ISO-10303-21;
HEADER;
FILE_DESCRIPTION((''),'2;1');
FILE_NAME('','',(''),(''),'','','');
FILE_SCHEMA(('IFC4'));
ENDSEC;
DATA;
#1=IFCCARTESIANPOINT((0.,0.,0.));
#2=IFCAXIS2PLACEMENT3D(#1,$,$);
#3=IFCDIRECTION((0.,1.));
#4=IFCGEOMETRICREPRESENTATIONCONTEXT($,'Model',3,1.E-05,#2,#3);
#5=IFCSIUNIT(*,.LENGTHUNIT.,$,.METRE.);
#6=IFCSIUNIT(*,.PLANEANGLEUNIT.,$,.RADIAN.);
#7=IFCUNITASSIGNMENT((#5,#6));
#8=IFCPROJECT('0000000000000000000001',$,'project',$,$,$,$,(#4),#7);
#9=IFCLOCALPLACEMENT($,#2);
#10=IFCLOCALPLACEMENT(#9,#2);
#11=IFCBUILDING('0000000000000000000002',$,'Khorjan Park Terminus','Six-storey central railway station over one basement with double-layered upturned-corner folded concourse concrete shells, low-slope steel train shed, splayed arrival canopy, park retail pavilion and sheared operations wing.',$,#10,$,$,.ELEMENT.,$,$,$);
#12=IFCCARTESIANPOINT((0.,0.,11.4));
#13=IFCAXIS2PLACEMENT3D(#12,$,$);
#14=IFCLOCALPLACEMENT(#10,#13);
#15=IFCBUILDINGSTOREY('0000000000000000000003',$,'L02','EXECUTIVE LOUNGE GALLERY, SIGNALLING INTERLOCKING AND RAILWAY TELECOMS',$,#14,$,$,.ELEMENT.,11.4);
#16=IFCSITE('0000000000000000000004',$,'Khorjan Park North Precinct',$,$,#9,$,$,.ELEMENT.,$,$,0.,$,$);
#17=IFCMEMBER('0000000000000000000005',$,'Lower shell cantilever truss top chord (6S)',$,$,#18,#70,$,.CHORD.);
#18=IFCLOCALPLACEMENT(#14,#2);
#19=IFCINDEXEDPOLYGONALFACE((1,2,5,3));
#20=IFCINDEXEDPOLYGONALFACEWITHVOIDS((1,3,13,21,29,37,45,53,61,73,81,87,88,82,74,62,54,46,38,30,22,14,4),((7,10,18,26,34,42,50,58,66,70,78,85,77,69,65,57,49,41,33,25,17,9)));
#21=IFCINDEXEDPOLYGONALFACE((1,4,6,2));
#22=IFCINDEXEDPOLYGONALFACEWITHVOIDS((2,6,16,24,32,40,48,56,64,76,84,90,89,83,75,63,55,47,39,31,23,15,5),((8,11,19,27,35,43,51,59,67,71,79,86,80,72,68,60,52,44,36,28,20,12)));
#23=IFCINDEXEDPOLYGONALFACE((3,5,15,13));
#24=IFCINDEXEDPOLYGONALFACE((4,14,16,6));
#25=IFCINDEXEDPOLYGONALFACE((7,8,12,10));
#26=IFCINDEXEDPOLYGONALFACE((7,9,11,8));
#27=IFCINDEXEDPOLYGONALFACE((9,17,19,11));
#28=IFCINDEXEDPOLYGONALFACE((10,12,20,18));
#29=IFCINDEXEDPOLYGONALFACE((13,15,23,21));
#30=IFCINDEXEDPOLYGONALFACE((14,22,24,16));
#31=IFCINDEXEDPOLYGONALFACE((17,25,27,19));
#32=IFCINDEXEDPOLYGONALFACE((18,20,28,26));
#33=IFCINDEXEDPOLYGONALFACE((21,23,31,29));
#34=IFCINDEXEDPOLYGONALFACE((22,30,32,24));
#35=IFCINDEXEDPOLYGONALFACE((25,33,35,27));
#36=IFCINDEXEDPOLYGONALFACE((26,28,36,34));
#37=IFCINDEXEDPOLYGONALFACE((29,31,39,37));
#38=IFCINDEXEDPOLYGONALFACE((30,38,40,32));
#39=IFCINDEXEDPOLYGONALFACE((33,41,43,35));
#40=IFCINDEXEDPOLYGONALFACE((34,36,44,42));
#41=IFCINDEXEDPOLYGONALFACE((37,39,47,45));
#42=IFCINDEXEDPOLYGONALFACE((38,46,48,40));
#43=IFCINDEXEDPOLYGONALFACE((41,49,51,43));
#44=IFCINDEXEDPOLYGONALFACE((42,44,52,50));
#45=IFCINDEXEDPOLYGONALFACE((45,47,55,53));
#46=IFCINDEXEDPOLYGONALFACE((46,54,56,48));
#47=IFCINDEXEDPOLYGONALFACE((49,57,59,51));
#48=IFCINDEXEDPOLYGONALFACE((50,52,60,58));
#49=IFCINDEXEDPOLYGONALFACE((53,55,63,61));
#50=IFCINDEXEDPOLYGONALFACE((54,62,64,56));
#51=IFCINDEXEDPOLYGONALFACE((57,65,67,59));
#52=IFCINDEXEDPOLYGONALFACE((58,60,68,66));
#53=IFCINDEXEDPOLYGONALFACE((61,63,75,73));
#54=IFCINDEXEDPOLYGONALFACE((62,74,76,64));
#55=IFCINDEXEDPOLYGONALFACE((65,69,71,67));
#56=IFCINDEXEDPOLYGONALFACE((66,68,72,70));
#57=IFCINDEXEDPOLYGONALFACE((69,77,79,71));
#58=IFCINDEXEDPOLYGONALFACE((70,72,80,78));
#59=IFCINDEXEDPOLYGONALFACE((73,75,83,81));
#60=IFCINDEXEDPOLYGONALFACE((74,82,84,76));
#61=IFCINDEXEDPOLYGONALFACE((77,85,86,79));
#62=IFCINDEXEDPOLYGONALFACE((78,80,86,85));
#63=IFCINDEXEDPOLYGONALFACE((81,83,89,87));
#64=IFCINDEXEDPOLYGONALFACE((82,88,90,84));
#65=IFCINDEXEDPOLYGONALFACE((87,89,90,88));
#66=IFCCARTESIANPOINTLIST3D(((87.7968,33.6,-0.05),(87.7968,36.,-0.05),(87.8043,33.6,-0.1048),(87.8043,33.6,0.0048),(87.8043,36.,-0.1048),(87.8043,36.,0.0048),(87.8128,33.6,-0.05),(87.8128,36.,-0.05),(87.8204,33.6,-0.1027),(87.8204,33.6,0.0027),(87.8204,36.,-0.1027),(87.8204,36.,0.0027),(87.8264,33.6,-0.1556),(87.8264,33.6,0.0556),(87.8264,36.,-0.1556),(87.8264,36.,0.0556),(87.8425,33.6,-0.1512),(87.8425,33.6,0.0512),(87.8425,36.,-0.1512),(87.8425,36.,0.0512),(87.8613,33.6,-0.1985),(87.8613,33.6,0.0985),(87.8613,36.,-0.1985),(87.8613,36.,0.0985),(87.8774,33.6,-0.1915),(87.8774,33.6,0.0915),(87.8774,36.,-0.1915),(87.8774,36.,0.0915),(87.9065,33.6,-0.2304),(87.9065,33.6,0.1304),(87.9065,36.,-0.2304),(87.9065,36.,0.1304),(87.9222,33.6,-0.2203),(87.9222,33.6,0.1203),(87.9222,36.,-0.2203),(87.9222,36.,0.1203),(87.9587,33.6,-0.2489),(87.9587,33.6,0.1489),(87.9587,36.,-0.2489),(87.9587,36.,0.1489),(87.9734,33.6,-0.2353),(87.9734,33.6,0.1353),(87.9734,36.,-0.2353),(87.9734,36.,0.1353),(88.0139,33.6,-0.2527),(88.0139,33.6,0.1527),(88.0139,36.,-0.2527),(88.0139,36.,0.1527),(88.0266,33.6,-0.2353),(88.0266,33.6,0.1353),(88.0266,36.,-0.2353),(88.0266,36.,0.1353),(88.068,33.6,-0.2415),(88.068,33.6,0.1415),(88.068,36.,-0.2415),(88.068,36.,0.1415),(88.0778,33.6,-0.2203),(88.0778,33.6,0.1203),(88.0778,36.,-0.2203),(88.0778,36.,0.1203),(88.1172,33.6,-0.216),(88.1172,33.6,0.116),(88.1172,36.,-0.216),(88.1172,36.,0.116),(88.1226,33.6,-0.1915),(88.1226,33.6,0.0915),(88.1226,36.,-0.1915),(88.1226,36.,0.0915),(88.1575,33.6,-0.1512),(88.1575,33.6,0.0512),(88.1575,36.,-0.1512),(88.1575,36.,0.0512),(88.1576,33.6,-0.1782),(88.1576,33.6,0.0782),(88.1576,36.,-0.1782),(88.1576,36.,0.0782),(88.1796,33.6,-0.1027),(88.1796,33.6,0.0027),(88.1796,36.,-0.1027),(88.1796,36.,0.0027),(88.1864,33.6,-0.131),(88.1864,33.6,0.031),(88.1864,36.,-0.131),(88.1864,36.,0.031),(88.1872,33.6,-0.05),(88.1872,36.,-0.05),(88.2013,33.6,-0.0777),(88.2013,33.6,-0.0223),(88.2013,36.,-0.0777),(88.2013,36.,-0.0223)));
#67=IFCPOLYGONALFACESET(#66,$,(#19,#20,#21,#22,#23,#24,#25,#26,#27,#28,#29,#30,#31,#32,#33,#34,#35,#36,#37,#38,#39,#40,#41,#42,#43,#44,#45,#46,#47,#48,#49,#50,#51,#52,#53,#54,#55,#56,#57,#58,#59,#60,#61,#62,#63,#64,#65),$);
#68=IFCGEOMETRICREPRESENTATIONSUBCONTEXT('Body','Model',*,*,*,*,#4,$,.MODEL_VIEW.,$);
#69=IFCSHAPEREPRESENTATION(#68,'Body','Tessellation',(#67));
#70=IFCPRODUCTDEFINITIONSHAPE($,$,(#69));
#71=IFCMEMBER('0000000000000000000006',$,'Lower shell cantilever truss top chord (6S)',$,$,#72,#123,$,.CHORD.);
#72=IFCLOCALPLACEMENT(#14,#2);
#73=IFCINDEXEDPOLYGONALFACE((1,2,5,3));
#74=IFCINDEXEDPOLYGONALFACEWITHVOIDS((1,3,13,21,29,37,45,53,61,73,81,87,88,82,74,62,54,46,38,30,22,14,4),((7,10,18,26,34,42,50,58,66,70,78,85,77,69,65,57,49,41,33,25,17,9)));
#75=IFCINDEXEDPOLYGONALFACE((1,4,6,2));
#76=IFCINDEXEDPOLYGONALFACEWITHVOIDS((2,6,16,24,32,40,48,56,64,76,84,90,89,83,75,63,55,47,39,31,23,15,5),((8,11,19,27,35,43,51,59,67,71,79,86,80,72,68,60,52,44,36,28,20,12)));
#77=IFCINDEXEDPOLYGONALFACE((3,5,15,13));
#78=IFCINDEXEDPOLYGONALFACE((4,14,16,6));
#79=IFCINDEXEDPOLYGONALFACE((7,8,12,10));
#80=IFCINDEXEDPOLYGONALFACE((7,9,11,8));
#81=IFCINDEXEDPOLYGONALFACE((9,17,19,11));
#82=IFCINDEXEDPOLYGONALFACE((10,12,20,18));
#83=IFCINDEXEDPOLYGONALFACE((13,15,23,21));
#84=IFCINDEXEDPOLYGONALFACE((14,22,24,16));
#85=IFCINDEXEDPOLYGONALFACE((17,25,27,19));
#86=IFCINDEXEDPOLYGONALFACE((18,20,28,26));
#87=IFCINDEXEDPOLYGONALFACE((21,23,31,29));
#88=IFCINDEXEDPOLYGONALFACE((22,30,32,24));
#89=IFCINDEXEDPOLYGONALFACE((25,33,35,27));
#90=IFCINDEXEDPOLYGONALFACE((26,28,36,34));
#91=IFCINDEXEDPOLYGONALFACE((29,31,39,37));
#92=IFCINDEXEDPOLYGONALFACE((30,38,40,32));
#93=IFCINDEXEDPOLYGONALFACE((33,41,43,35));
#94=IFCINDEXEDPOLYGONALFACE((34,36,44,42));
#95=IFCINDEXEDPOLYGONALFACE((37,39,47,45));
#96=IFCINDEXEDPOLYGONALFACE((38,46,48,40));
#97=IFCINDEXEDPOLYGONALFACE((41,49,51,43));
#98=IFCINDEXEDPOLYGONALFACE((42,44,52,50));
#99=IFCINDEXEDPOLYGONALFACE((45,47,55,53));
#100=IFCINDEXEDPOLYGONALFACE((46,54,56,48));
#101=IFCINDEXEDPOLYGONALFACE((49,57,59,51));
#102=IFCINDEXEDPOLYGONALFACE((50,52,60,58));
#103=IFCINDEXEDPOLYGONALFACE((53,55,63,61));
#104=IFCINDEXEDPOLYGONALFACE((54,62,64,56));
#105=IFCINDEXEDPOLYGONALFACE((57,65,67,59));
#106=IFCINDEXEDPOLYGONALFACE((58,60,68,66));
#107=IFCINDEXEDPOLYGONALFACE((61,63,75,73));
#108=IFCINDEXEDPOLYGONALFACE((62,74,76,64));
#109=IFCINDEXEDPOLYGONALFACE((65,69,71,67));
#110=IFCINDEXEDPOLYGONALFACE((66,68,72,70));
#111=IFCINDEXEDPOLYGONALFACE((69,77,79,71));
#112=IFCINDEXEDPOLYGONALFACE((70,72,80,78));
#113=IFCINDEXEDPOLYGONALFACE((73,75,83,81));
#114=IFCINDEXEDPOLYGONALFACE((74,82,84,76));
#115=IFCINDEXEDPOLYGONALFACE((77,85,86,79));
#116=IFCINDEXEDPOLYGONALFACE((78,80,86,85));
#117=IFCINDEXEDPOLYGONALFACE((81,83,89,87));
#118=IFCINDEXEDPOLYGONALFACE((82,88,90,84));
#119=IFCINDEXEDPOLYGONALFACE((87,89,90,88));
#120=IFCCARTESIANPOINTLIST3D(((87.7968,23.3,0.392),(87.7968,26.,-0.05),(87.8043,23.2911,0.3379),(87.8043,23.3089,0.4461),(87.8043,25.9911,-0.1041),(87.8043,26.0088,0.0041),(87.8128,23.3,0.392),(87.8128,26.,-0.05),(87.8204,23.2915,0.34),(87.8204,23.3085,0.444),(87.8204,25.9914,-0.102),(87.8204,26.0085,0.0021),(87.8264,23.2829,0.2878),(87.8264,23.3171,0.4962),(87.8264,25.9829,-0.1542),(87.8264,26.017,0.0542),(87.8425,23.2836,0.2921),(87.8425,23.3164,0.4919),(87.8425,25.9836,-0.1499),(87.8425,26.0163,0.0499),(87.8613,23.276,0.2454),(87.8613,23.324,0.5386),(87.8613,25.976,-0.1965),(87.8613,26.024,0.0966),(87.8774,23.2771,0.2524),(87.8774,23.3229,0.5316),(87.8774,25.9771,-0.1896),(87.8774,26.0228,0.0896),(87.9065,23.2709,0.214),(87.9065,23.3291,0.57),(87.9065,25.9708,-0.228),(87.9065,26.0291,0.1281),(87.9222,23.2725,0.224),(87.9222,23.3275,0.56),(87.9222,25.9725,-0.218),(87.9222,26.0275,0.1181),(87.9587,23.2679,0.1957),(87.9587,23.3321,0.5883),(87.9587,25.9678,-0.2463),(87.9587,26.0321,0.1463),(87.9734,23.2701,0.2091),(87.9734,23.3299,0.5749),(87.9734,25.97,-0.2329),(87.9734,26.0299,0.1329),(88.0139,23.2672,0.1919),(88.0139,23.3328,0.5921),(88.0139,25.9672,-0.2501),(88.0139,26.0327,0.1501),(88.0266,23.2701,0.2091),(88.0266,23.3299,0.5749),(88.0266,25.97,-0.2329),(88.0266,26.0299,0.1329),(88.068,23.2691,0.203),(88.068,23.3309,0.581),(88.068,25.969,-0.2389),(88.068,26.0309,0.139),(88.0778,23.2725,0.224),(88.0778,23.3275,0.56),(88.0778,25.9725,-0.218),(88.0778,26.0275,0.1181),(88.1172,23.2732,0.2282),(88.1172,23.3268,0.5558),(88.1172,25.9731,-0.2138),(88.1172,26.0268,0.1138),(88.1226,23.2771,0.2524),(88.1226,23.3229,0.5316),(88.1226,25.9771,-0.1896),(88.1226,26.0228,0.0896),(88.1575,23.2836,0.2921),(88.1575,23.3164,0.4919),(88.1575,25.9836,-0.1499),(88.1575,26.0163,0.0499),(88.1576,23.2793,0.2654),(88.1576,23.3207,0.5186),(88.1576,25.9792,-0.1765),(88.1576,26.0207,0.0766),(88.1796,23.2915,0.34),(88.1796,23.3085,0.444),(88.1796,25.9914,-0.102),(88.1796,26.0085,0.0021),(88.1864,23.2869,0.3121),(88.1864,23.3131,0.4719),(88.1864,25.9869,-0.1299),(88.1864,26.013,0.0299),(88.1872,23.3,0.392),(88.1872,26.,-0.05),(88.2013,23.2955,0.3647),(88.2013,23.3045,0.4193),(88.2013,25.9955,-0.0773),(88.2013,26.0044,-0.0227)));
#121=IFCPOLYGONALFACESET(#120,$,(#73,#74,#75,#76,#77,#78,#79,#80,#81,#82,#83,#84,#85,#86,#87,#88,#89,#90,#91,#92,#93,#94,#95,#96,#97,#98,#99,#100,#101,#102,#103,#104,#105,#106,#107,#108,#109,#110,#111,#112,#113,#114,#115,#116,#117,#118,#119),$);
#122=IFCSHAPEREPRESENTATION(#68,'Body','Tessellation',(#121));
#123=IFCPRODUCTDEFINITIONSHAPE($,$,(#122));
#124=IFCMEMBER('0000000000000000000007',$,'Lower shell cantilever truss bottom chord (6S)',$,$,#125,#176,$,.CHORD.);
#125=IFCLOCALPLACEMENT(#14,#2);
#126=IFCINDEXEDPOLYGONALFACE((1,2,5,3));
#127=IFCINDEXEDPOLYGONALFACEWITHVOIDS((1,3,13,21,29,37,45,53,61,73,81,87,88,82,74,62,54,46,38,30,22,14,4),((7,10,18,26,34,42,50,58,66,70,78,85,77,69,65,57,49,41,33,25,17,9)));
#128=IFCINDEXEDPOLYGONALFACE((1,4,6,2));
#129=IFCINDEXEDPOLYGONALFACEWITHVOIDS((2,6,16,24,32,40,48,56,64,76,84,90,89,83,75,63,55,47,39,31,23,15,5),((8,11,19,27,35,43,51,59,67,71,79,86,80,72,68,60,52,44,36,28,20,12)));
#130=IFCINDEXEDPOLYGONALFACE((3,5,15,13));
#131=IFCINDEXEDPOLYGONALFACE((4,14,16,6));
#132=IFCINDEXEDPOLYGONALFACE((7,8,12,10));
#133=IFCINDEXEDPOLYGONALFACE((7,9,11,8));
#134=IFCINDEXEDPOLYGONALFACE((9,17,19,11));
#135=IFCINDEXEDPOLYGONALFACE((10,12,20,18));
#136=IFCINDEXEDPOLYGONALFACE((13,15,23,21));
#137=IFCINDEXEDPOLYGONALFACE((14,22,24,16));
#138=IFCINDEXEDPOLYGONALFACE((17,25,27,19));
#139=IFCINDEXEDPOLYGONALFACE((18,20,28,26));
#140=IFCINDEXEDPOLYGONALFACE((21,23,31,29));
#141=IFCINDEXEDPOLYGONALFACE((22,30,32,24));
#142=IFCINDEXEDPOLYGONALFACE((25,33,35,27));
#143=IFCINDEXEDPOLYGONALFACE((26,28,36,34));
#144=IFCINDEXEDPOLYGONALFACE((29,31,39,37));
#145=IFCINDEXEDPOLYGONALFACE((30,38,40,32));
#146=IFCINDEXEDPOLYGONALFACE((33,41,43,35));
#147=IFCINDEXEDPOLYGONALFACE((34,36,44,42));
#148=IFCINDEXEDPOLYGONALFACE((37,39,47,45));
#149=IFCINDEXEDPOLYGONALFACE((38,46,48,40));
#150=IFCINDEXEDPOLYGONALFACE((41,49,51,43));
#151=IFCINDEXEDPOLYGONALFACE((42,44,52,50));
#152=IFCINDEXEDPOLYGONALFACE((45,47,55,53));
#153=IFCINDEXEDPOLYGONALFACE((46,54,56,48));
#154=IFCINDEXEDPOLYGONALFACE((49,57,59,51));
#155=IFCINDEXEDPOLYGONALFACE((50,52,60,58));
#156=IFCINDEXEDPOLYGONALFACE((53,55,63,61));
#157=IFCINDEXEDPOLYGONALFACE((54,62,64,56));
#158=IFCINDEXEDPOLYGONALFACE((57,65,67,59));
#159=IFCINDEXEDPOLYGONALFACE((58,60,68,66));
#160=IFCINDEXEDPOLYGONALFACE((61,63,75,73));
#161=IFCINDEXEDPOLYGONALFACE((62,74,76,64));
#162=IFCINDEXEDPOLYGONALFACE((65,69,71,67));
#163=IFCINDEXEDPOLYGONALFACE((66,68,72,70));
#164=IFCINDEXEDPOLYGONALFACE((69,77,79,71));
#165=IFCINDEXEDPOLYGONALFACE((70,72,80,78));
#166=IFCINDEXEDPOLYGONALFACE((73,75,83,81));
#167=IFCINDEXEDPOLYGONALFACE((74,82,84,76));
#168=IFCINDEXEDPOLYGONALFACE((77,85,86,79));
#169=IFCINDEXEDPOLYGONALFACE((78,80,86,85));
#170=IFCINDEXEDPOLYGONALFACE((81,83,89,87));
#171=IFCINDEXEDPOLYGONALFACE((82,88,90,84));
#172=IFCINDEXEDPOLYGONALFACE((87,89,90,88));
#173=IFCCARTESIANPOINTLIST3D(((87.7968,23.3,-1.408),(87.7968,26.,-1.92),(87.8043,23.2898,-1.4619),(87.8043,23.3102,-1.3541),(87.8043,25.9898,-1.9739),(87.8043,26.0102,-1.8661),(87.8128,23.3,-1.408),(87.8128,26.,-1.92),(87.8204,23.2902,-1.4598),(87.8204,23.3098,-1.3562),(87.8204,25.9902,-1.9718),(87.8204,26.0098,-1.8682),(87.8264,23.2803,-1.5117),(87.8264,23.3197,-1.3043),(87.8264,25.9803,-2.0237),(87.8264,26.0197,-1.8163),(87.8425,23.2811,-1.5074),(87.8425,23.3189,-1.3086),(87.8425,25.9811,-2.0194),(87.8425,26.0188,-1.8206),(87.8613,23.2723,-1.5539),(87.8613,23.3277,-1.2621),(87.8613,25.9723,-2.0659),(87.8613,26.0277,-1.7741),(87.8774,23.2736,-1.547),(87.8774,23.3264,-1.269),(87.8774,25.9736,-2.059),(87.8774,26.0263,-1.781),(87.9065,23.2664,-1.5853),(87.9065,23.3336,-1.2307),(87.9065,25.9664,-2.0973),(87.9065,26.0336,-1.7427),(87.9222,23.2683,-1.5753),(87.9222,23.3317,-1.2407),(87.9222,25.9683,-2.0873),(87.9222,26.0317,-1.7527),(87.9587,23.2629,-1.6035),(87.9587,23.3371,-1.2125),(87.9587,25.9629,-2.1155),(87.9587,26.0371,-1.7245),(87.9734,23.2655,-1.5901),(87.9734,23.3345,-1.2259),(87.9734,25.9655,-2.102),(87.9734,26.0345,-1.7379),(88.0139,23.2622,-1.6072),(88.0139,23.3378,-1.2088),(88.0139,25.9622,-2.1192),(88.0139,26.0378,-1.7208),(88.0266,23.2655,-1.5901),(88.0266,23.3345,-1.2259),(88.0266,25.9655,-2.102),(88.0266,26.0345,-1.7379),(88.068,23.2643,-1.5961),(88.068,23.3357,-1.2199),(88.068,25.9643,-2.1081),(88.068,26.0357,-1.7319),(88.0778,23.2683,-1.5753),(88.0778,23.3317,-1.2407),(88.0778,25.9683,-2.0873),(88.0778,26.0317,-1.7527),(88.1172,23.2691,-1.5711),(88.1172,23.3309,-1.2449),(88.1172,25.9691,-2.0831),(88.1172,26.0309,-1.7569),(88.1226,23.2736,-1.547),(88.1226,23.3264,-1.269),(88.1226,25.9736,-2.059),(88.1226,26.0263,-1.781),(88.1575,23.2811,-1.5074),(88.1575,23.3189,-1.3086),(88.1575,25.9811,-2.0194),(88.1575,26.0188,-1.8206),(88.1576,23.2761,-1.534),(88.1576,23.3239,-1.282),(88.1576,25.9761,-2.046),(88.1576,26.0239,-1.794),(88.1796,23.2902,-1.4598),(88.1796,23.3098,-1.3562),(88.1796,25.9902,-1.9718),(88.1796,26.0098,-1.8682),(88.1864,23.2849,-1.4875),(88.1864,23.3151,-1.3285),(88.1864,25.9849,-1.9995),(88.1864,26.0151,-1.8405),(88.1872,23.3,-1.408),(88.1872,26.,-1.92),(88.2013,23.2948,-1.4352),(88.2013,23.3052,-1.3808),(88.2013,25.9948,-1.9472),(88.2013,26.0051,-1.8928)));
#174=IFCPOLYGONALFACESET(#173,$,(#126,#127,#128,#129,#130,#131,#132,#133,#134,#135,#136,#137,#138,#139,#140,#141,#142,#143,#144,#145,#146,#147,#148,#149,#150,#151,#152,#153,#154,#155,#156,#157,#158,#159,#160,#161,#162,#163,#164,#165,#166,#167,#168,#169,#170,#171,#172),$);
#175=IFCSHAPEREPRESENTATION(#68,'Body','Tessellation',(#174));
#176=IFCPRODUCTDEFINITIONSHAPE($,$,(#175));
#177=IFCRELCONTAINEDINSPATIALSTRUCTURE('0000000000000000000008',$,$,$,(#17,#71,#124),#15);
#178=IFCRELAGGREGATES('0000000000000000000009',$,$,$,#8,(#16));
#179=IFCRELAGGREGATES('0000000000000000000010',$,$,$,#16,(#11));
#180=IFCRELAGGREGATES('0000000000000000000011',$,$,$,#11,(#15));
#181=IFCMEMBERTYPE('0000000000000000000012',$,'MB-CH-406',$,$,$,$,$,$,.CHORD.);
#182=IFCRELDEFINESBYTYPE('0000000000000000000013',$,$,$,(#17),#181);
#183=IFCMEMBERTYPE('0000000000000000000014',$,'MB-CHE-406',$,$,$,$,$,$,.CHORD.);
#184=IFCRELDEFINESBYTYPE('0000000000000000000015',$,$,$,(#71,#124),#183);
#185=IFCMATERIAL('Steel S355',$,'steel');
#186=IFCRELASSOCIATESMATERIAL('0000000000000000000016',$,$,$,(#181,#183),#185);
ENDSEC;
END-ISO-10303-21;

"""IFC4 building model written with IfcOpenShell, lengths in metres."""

from ifc_helpers import new_model, si_unit, direction, frame, origin, origin_2d, place, context, subcontext, project, spatial, hollow_circle, extrude, material, material_profile, profile_set, type_object, element, save


model = new_model("IFC4")

# Units and contexts
model_context = context("Model", 3, precision=1e-05, world=origin(), true_north=direction((0.0, 1.0)))
body_context = subcontext(model_context, "Body", "Model", "MODEL_VIEW")
ifc_project = project(units=[si_unit("LENGTHUNIT", "METRE"), si_unit("PLANEANGLEUNIT", "RADIAN")], contexts=[model_context])

# Site, building, storey
site_placement = place(None, origin())
site = spatial("IfcSite", under=ifc_project, at=site_placement, Name="Khorjan Park North Precinct", CompositionType="ELEMENT", RefElevation=0.0)
building_placement = place(site_placement, origin())
building = spatial("IfcBuilding", under=site, at=building_placement, Name="Khorjan Park Terminus", Description="Six-storey central railway station over one basement with double-layered upturned-corner folded concourse concrete shells, low-slope steel train shed, splayed arrival canopy, park retail pavilion and sheared operations wing.", CompositionType="ELEMENT")
storey_placement = place(building_placement, frame((0.0, 0.0, 11.4)))
storey = spatial("IfcBuildingStorey", under=building, at=storey_placement, Name="L02", Description="EXECUTIVE LOUNGE GALLERY, SIGNALLING INTERLOCKING AND RAILWAY TELECOMS", CompositionType="ELEMENT", Elevation=11.4)

# Members
ifc_material_1 = material(Name="Steel S355", Category="steel")
ifc_material_profile_1 = material_profile(ifc_material_1, hollow_circle(Radius=0.2032, WallThickness=0.016, at=origin_2d()), Name="CHS 406.4x16")
ifc_profile_set_1 = profile_set([ifc_material_profile_1], Name="Steel S355")
member_type_1 = type_object("IfcMemberType", Name="MB-CH-406", PredefinedType="CHORD", material=ifc_profile_set_1)
for number, where, z_axis, x_axis, name in (
    (1, (88.0, 33.6, -0.05), (0.0, 1.0, 0.0), (-1.0, 0.0, 0.0), "Lower shell cantilever truss top chord (6S)"),
):
    element("IfcMember", number, at=place(storey_placement, frame(where, z_axis=z_axis, x_axis=x_axis)), inside=storey, type_object=member_type_1, Name=name, PredefinedType="CHORD", context=body_context, shape_type="SweptSolid", body=[
        extrude(hollow_circle(Radius=0.2032, WallThickness=0.016, at=origin_2d()), origin(), (0.0, 0.0, 1.0), 2.4),
    ])
ifc_material_profile_2 = material_profile(ifc_material_1, hollow_circle(Radius=0.2032, WallThickness=0.016, at=origin_2d()), Name="CHS 406.4x16")
ifc_profile_set_2 = profile_set([ifc_material_profile_2], Name="Steel S355")
member_type_2 = type_object("IfcMemberType", Name="MB-CHE-406", PredefinedType="CHORD", material=ifc_profile_set_2)
member_1_placement = place(storey_placement, frame((88.0, 23.3, 0.392), z_axis=(0.0, 0.986864, -0.161553), x_axis=(-1.0, 0.0, 0.0)))
element("IfcMember", 2, at=member_1_placement, inside=storey, type_object=member_type_2, Name="Lower shell cantilever truss top chord (6S)", PredefinedType="CHORD", context=body_context, shape_type="SweptSolid", body=[
    extrude(hollow_circle(Radius=0.2032, WallThickness=0.016, at=origin_2d()), origin(), (0.0, 0.0, 1.0), 2.7359),
])
member_2_placement = place(storey_placement, frame((88.0, 23.3, -1.408), z_axis=(0.0, 0.982491, -0.186309), x_axis=(-1.0, 0.0, 0.0)))
element("IfcMember", 3, at=member_2_placement, inside=storey, type_object=member_type_2, Name="Lower shell cantilever truss bottom chord (6S)", PredefinedType="CHORD", context=body_context, shape_type="SweptSolid", body=[
    extrude(hollow_circle(Radius=0.2032, WallThickness=0.016, at=origin_2d()), origin(), (0.0, 0.0, 1.0), 2.7481),
])

save(model, "model.ifc")
